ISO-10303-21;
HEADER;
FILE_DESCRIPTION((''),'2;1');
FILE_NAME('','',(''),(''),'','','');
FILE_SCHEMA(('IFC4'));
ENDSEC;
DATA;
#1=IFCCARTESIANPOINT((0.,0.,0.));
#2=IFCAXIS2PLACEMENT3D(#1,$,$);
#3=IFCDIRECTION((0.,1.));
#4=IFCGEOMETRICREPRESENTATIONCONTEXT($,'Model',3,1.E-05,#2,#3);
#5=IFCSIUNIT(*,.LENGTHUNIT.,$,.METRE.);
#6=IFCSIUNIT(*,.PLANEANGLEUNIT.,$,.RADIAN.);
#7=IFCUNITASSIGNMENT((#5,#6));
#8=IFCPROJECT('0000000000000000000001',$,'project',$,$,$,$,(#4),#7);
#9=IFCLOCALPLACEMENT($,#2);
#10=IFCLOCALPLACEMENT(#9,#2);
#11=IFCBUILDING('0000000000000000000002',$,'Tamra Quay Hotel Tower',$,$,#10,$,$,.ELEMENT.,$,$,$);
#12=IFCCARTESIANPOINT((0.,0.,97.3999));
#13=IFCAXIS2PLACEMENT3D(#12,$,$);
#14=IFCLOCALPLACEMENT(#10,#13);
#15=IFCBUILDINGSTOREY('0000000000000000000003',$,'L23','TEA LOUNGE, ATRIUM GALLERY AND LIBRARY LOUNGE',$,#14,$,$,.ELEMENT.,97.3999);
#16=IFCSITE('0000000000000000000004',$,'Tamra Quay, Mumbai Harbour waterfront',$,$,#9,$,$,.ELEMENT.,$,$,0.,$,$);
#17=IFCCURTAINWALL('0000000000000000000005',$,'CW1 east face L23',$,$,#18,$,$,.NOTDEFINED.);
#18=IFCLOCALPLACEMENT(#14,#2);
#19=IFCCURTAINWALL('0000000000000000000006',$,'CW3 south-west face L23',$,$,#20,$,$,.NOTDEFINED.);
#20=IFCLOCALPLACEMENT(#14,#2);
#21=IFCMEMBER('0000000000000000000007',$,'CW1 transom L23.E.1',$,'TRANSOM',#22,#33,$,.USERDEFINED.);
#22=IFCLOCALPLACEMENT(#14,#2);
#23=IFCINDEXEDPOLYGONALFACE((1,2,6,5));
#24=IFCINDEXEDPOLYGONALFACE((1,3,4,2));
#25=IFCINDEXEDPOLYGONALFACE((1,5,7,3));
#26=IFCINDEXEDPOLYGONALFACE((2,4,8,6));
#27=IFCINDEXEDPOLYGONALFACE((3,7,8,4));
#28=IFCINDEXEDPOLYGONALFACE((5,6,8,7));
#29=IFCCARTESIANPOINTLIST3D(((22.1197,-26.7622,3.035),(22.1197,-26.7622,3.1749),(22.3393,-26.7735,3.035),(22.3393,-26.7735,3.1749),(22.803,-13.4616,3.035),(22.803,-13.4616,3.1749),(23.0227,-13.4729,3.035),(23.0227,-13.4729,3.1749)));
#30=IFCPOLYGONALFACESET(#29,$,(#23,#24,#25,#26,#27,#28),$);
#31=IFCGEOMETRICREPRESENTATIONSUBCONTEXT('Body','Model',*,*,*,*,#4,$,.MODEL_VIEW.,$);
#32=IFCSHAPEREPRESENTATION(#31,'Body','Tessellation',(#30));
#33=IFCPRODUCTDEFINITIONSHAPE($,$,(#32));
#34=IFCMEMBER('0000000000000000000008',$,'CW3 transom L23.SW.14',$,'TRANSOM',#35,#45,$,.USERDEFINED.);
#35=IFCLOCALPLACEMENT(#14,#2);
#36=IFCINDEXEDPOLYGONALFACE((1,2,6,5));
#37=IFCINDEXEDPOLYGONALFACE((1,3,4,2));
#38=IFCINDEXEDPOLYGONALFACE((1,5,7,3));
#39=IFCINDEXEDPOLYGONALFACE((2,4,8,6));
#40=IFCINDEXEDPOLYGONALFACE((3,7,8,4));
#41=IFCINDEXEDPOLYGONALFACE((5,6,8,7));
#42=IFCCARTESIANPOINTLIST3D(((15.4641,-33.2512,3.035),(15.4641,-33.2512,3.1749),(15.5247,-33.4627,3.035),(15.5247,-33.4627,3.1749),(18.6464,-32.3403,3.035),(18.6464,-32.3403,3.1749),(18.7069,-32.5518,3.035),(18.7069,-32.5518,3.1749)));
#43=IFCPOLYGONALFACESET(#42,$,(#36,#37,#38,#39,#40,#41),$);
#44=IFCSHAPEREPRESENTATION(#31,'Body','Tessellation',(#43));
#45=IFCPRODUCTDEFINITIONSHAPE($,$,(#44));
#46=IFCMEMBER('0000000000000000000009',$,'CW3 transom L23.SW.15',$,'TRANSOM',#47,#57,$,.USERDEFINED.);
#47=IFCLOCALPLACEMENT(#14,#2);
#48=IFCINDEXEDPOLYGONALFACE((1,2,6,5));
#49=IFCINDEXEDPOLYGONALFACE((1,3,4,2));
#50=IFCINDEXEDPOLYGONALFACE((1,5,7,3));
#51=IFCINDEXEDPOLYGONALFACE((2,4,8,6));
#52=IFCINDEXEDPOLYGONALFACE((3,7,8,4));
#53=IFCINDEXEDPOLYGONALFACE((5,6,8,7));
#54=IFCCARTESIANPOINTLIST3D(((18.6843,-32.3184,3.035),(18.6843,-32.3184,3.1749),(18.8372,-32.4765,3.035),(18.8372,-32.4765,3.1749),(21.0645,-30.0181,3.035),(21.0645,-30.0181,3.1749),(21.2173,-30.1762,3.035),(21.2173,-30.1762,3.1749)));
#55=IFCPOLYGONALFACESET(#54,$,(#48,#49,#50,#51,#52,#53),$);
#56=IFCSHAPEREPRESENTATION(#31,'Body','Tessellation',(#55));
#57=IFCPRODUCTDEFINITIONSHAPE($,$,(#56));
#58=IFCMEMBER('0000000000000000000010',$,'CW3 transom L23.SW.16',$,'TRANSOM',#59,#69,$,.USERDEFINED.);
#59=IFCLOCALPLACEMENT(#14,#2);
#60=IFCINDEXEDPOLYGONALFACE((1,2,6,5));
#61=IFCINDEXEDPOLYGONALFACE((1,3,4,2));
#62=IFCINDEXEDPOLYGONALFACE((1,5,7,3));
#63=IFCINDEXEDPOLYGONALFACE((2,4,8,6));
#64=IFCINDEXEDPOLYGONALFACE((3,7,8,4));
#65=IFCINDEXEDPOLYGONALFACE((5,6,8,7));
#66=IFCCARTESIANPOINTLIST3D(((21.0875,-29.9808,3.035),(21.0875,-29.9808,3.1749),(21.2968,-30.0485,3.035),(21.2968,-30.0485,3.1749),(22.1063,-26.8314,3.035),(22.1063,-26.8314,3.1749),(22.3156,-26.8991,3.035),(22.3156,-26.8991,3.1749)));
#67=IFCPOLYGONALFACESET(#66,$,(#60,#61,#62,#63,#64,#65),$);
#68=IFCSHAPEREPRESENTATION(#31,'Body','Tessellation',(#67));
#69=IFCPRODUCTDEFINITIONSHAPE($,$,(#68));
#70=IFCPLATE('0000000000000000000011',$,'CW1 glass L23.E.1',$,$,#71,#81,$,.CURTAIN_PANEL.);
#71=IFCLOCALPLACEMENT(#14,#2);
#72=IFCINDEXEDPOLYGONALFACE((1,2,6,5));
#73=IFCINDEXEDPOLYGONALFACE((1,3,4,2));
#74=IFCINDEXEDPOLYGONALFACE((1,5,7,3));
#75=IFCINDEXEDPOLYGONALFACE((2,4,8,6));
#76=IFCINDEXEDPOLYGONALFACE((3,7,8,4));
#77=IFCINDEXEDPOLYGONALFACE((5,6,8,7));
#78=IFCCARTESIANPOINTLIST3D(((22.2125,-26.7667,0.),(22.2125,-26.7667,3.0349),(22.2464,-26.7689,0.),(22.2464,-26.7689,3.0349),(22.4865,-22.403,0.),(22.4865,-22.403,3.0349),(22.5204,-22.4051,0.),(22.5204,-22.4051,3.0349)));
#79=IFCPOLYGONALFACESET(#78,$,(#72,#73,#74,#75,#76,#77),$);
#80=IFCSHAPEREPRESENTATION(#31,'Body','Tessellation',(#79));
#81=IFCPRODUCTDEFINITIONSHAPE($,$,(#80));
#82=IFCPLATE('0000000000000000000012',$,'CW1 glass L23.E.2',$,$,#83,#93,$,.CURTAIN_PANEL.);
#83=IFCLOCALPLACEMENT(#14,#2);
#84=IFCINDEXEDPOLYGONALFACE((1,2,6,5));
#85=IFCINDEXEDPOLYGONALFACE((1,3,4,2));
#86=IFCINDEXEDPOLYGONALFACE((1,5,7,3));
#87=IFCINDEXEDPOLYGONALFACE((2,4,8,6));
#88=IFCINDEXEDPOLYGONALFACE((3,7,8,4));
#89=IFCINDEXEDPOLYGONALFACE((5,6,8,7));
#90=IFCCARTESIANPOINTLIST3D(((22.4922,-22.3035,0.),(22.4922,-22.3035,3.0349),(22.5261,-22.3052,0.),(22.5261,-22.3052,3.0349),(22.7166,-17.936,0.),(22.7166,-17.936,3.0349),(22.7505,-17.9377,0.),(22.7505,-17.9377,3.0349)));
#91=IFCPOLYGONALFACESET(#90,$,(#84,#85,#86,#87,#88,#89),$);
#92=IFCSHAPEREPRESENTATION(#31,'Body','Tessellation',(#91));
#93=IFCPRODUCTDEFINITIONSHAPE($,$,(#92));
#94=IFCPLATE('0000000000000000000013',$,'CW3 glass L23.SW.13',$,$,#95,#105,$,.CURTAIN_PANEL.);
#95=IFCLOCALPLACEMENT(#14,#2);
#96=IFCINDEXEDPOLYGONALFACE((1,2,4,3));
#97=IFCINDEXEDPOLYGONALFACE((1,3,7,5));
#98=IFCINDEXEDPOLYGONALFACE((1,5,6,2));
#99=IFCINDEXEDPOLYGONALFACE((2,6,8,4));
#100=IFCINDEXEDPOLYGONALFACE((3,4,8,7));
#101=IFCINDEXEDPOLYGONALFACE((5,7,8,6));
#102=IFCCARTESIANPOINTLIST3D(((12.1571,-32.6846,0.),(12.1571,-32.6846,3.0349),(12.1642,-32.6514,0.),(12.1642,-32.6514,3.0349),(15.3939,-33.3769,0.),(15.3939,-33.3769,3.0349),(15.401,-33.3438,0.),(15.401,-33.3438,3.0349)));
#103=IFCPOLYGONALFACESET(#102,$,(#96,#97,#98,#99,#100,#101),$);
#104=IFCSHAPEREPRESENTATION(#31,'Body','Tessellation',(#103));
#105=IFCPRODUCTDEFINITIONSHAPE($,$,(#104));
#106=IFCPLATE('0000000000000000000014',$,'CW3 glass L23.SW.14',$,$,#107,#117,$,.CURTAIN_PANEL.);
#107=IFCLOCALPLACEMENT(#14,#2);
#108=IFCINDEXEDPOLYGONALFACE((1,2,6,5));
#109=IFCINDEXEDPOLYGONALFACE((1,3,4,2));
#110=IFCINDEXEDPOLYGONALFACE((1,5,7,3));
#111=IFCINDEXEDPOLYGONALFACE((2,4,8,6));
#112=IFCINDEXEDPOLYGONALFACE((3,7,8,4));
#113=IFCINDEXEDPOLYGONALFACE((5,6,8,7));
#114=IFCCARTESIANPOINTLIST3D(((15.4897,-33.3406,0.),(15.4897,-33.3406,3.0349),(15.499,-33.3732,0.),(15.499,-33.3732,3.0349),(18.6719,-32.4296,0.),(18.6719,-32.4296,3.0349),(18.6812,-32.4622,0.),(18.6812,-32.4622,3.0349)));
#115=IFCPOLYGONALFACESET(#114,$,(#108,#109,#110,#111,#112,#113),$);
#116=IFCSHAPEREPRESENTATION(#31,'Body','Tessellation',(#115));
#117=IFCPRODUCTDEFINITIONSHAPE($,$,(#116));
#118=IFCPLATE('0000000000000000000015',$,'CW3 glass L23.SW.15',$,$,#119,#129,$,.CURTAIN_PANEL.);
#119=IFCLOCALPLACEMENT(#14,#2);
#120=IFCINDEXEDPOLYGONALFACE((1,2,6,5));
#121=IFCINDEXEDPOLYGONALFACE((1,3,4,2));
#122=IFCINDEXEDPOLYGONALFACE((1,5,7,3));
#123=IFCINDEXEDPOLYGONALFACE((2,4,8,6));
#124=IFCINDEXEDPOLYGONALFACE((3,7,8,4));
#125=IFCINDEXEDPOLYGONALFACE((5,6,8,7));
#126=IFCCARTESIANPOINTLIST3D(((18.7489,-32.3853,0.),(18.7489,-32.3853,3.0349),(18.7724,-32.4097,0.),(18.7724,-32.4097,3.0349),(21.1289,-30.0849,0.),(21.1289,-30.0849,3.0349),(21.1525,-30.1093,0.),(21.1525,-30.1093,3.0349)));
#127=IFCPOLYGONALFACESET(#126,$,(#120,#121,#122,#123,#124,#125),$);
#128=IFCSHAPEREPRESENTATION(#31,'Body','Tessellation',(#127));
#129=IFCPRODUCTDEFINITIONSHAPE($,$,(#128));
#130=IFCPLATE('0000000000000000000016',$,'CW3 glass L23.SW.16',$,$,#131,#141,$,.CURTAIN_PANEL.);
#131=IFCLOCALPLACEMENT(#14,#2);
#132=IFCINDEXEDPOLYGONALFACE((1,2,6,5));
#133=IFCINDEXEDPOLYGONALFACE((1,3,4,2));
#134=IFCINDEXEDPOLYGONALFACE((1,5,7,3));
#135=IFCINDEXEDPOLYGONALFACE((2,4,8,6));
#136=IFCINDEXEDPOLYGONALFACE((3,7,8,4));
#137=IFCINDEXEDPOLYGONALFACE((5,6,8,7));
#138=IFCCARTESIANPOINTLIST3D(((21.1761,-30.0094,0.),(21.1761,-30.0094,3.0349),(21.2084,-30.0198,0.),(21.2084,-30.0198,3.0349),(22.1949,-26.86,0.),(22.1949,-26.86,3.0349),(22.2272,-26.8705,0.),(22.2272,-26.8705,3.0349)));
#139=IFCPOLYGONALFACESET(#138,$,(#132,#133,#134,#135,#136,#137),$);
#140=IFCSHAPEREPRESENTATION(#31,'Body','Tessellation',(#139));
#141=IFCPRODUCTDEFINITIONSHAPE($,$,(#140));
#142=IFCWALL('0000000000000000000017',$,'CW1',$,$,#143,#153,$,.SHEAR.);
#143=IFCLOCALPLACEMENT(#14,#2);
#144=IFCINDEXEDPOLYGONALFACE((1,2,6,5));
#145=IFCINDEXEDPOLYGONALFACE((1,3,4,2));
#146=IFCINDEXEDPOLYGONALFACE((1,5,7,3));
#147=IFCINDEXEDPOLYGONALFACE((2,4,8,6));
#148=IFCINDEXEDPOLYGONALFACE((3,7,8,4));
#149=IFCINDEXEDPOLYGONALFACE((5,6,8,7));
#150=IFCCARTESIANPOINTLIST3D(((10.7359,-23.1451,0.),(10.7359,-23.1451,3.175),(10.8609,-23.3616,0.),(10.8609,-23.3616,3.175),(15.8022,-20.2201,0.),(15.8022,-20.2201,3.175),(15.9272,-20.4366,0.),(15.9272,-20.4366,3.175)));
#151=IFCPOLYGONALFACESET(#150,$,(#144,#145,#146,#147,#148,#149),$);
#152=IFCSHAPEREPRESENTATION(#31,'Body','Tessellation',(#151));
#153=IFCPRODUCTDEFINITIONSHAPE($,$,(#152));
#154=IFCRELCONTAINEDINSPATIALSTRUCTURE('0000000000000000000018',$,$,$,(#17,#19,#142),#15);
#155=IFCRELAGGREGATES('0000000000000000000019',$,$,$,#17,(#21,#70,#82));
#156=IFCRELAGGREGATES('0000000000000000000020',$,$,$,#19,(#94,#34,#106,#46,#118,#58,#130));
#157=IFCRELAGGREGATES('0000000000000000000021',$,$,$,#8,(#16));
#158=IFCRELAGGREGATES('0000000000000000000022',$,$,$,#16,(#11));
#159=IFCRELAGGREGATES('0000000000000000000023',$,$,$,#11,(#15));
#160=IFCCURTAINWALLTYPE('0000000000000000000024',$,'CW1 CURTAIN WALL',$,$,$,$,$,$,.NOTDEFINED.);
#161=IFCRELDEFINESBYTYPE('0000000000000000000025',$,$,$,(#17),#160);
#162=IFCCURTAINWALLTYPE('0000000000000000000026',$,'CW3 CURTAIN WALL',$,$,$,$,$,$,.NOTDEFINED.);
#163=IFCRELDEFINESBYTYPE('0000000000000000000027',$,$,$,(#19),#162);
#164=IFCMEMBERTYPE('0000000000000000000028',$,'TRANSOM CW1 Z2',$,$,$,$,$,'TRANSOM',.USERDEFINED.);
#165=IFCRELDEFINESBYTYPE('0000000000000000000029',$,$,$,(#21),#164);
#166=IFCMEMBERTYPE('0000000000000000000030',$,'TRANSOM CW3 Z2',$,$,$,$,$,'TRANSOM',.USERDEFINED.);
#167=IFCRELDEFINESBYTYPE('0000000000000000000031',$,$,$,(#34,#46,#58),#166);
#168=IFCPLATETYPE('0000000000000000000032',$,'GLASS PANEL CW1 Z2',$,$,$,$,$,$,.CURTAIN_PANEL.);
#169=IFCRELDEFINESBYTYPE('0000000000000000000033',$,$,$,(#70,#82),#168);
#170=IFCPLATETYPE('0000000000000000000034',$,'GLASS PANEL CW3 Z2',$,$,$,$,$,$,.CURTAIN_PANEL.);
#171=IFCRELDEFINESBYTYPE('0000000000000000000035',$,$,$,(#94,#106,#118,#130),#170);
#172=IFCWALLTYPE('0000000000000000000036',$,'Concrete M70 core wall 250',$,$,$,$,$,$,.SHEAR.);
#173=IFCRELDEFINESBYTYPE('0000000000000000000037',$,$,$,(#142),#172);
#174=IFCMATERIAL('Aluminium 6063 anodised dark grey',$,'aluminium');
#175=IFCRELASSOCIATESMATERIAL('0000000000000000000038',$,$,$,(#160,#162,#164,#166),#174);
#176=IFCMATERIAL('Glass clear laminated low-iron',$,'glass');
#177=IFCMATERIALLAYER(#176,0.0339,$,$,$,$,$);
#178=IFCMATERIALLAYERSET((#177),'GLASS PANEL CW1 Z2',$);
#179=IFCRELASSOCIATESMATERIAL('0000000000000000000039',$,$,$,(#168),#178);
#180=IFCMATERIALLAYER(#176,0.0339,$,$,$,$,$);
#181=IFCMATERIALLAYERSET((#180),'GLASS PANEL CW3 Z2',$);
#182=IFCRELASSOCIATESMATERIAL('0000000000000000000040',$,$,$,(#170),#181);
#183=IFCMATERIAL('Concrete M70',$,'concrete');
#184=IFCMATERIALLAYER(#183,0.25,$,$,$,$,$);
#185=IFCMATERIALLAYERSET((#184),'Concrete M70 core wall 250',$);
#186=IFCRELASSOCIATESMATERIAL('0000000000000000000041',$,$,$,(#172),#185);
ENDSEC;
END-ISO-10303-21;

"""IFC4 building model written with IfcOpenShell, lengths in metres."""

from ifc_helpers import new_model, si_unit, direction, frame, frame_2d, origin, origin_2d, place, context, subcontext, project, spatial, rectangle, extrude, material, layer, layer_set, material_profile, profile_set, type_object, element, aggregate, save


model = new_model("IFC4")

# Units and contexts
model_context = context("Model", 3, precision=1e-05, world=origin(), true_north=direction((0.0, 1.0)))
body_context = subcontext(model_context, "Body", "Model", "MODEL_VIEW")
ifc_project = project(units=[si_unit("LENGTHUNIT", "METRE"), si_unit("PLANEANGLEUNIT", "RADIAN")], contexts=[model_context])

# Site, building, storey
site_placement = place(None, origin())
site = spatial("IfcSite", under=ifc_project, at=site_placement, Name="Tamra Quay, Mumbai Harbour waterfront", CompositionType="ELEMENT", RefElevation=0.0)
building_placement = place(site_placement, origin())
building = spatial("IfcBuilding", under=site, at=building_placement, Name="Tamra Quay Hotel Tower", CompositionType="ELEMENT")
storey_placement = place(building_placement, frame((0.0, 0.0, 97.3999)))
storey = spatial("IfcBuildingStorey", under=building, at=storey_placement, Name="L23", Description="TEA LOUNGE, ATRIUM GALLERY AND LIBRARY LOUNGE", CompositionType="ELEMENT", Elevation=97.3999)

# Shared definitions
ifc_material_1 = material(Name="Concrete M70", Category="concrete")

# Curtain walls
ifc_material_2 = material(Name="Aluminium 6063 anodised dark grey", Category="aluminium")
curtain_wall_type_1 = type_object("IfcCurtainWallType", Name="CW1 CURTAIN WALL", PredefinedType="NOTDEFINED", material=ifc_material_2)
curtain_wall_1_placement = place(storey_placement, origin())
curtain_wall_1 = element("IfcCurtainWall", 1, at=curtain_wall_1_placement, inside=storey, type_object=curtain_wall_type_1, Name="CW1 east face L23", PredefinedType="NOTDEFINED")
curtain_wall_type_2 = type_object("IfcCurtainWallType", Name="CW3 CURTAIN WALL", PredefinedType="NOTDEFINED", material=ifc_material_2)
curtain_wall_2_placement = place(storey_placement, origin())
curtain_wall_2 = element("IfcCurtainWall", 2, at=curtain_wall_2_placement, inside=storey, type_object=curtain_wall_type_2, Name="CW3 south-west face L23", PredefinedType="NOTDEFINED")

# Members
ifc_material_profile_1 = material_profile(ifc_material_2, rectangle(XDim=0.22, YDim=0.1399, at=origin_2d()), Name="TRANSOM 220X140")
ifc_profile_set_1 = profile_set([ifc_material_profile_1], Name="Aluminium 6063 anodised dark grey")
member_type_1 = type_object("IfcMemberType", Name="TRANSOM CW1 Z2", ElementType="TRANSOM", PredefinedType="USERDEFINED", material=ifc_profile_set_1)
member_1_placement = place(storey_placement, frame((22.2295, -26.7678, 3.105), z_axis=(0.05131, 0.998683, 0.0), x_axis=(-0.998683, 0.05131, 0.0)))
member_1 = element("IfcMember", 3, at=member_1_placement, type_object=member_type_1, Name="CW1 transom L23.E.1", ObjectType="TRANSOM", PredefinedType="USERDEFINED", context=body_context, shape_type="SweptSolid", body=[
    extrude(rectangle(XDim=0.22, YDim=0.1399, at=origin_2d()), origin(), (0.0, 0.0, 1.0), 13.3181),
])
ifc_material_profile_2 = material_profile(ifc_material_2, rectangle(XDim=0.22, YDim=0.1399, at=origin_2d()), Name="TRANSOM 220X140")
ifc_profile_set_2 = profile_set([ifc_material_profile_2], Name="Aluminium 6063 anodised dark grey")
member_type_2 = type_object("IfcMemberType", Name="TRANSOM CW3 Z2", ElementType="TRANSOM", PredefinedType="USERDEFINED", material=ifc_profile_set_2)
member_2_placement = place(storey_placement, frame((15.4944, -33.3569, 3.105), z_axis=(0.961393, 0.275179, 0.0), x_axis=(-0.275179, 0.961393, 0.0)))
member_2 = element("IfcMember", 4, at=member_2_placement, type_object=member_type_2, Name="CW3 transom L23.SW.14", ObjectType="TRANSOM", PredefinedType="USERDEFINED", context=body_context, shape_type="SweptSolid", body=[
    extrude(rectangle(XDim=0.22, YDim=0.1399, at=origin_2d()), origin(), (0.0, 0.0, 1.0), 3.3101),
])
member_3_placement = place(storey_placement, frame((18.7607, -32.3975, 3.105), z_axis=(0.719063, 0.694945, 0.0), x_axis=(-0.694945, 0.719063, 0.0)))
member_3 = element("IfcMember", 5, at=member_3_placement, type_object=member_type_2, Name="CW3 transom L23.SW.15", ObjectType="TRANSOM", PredefinedType="USERDEFINED", context=body_context, shape_type="SweptSolid", body=[
    extrude(rectangle(XDim=0.22, YDim=0.1399, at=origin_2d()), origin(), (0.0, 0.0, 1.0), 3.3101),
])
member_4_placement = place(storey_placement, frame((21.1921, -30.0146, 3.105), z_axis=(0.307785, 0.951456, 0.0), x_axis=(-0.951456, 0.307785, 0.0)))
member_4 = element("IfcMember", 6, at=member_4_placement, type_object=member_type_2, Name="CW3 transom L23.SW.16", ObjectType="TRANSOM", PredefinedType="USERDEFINED", context=body_context, shape_type="SweptSolid", body=[
    extrude(rectangle(XDim=0.22, YDim=0.1399, at=origin_2d()), origin(), (0.0, 0.0, 1.0), 3.3101),
])

# Plates
ifc_material_3 = material(Name="Glass clear laminated low-iron", Category="glass")
ifc_layer_1 = layer(ifc_material_3, 0.0339)
ifc_layer_set_1 = layer_set([ifc_layer_1], Name="GLASS PANEL CW1 Z2")
plate_type_1 = type_object("IfcPlateType", Name="GLASS PANEL CW1 Z2", PredefinedType="CURTAIN_PANEL", material=ifc_layer_set_1)
plate_1_placement = place(storey_placement, frame((22.3665, -24.5859, 0.0), z_axis=(0.0, 0.0, 1.0), x_axis=(0.06267, 0.998034, 0.0)))
plate_1 = element("IfcPlate", 7, at=plate_1_placement, type_object=plate_type_1, Name="CW1 glass L23.E.1", PredefinedType="CURTAIN_PANEL", context=body_context, shape_type="SweptSolid", body=[
    extrude(rectangle(XDim=4.3723, YDim=0.0339, at=origin_2d()), origin(), (0.0, 0.0, 1.0), 3.0349),
])
plate_2_placement = place(storey_placement, frame((22.6213, -20.1206, 0.0), z_axis=(0.0, 0.0, 1.0), x_axis=(0.051321, 0.998682, 0.0)))
plate_2 = element("IfcPlate", 8, at=plate_2_placement, type_object=plate_type_1, Name="CW1 glass L23.E.2", PredefinedType="CURTAIN_PANEL", context=body_context, shape_type="SweptSolid", body=[
    extrude(rectangle(XDim=4.3733, YDim=0.0339, at=origin_2d()), origin(), (0.0, 0.0, 1.0), 3.0349),
])
aggregate(curtain_wall_1, [member_1, plate_1, plate_2])
ifc_layer_2 = layer(ifc_material_3, 0.0339)
ifc_layer_set_2 = layer_set([ifc_layer_2], Name="GLASS PANEL CW3 Z2")
plate_type_2 = type_object("IfcPlateType", Name="GLASS PANEL CW3 Z2", PredefinedType="CURTAIN_PANEL", material=ifc_layer_set_2)
plate_3_placement = place(storey_placement, frame((13.7791, -33.0142, 0.0), z_axis=(0.0, 0.0, 1.0), x_axis=(0.977879, -0.209172, 0.0)))
plate_3 = element("IfcPlate", 9, at=plate_3_placement, type_object=plate_type_2, Name="CW3 glass L23.SW.13", PredefinedType="CURTAIN_PANEL", context=body_context, shape_type="SweptSolid", body=[
    extrude(rectangle(XDim=3.3101, YDim=0.0339, at=origin_2d()), origin(), (0.0, 0.0, 1.0), 3.0349),
])
plate_4_placement = place(storey_placement, frame((17.0854, -32.9014, 0.0), z_axis=(0.0, 0.0, 1.0), x_axis=(0.96138, 0.275224, 0.0)))
plate_4 = element("IfcPlate", 10, at=plate_4_placement, type_object=plate_type_2, Name="CW3 glass L23.SW.14", PredefinedType="CURTAIN_PANEL", context=body_context, shape_type="SweptSolid", body=[
    extrude(rectangle(XDim=3.3101, YDim=0.0339, at=origin_2d()), origin(), (0.0, 0.0, 1.0), 3.0349),
])
plate_5_placement = place(storey_placement, frame((19.9507, -31.2473, 0.0), z_axis=(0.0, 0.0, 1.0), x_axis=(0.719041, 0.694967, 0.0)))
plate_5 = element("IfcPlate", 11, at=plate_5_placement, type_object=plate_type_2, Name="CW3 glass L23.SW.15", PredefinedType="CURTAIN_PANEL", context=body_context, shape_type="SweptSolid", body=[
    extrude(rectangle(XDim=3.3101, YDim=0.0339, at=origin_2d()), origin(), (0.0, 0.0, 1.0), 3.0349),
])
plate_6_placement = place(storey_placement, frame((21.7017, -28.4399, 0.0), z_axis=(0.0, 0.0, 1.0), x_axis=(0.307791, 0.951454, 0.0)))
plate_6 = element("IfcPlate", 12, at=plate_6_placement, type_object=plate_type_2, Name="CW3 glass L23.SW.16", PredefinedType="CURTAIN_PANEL", context=body_context, shape_type="SweptSolid", body=[
    extrude(rectangle(XDim=3.3101, YDim=0.0339, at=origin_2d()), origin(), (0.0, 0.0, 1.0), 3.0349),
])
aggregate(curtain_wall_2, [plate_3, member_2, plate_4, member_3, plate_5, member_4, plate_6])

# Wall
ifc_layer_3 = layer(ifc_material_1, 0.25)
ifc_layer_set_3 = layer_set([ifc_layer_3], Name="Concrete M70 core wall 250")
wall_type = type_object("IfcWallType", Name="Concrete M70 core wall 250", PredefinedType="SHEAR", material=ifc_layer_set_3)
wall_placement = place(storey_placement, frame((15.8647, -20.3284, 0.0), z_axis=(0.0, 0.0, 1.0), x_axis=(-0.866029, -0.499995, 0.0)))
element("IfcWall", 13, at=wall_placement, inside=storey, type_object=wall_type, Name="CW1", PredefinedType="SHEAR", context=body_context, shape_type="SweptSolid", body=[
    extrude(rectangle(XDim=5.8501, YDim=0.25, at=frame_2d((2.925, 0.0))), origin(), (0.0, 0.0, 1.0), 3.175),
])

save(model, "model.ifc")
